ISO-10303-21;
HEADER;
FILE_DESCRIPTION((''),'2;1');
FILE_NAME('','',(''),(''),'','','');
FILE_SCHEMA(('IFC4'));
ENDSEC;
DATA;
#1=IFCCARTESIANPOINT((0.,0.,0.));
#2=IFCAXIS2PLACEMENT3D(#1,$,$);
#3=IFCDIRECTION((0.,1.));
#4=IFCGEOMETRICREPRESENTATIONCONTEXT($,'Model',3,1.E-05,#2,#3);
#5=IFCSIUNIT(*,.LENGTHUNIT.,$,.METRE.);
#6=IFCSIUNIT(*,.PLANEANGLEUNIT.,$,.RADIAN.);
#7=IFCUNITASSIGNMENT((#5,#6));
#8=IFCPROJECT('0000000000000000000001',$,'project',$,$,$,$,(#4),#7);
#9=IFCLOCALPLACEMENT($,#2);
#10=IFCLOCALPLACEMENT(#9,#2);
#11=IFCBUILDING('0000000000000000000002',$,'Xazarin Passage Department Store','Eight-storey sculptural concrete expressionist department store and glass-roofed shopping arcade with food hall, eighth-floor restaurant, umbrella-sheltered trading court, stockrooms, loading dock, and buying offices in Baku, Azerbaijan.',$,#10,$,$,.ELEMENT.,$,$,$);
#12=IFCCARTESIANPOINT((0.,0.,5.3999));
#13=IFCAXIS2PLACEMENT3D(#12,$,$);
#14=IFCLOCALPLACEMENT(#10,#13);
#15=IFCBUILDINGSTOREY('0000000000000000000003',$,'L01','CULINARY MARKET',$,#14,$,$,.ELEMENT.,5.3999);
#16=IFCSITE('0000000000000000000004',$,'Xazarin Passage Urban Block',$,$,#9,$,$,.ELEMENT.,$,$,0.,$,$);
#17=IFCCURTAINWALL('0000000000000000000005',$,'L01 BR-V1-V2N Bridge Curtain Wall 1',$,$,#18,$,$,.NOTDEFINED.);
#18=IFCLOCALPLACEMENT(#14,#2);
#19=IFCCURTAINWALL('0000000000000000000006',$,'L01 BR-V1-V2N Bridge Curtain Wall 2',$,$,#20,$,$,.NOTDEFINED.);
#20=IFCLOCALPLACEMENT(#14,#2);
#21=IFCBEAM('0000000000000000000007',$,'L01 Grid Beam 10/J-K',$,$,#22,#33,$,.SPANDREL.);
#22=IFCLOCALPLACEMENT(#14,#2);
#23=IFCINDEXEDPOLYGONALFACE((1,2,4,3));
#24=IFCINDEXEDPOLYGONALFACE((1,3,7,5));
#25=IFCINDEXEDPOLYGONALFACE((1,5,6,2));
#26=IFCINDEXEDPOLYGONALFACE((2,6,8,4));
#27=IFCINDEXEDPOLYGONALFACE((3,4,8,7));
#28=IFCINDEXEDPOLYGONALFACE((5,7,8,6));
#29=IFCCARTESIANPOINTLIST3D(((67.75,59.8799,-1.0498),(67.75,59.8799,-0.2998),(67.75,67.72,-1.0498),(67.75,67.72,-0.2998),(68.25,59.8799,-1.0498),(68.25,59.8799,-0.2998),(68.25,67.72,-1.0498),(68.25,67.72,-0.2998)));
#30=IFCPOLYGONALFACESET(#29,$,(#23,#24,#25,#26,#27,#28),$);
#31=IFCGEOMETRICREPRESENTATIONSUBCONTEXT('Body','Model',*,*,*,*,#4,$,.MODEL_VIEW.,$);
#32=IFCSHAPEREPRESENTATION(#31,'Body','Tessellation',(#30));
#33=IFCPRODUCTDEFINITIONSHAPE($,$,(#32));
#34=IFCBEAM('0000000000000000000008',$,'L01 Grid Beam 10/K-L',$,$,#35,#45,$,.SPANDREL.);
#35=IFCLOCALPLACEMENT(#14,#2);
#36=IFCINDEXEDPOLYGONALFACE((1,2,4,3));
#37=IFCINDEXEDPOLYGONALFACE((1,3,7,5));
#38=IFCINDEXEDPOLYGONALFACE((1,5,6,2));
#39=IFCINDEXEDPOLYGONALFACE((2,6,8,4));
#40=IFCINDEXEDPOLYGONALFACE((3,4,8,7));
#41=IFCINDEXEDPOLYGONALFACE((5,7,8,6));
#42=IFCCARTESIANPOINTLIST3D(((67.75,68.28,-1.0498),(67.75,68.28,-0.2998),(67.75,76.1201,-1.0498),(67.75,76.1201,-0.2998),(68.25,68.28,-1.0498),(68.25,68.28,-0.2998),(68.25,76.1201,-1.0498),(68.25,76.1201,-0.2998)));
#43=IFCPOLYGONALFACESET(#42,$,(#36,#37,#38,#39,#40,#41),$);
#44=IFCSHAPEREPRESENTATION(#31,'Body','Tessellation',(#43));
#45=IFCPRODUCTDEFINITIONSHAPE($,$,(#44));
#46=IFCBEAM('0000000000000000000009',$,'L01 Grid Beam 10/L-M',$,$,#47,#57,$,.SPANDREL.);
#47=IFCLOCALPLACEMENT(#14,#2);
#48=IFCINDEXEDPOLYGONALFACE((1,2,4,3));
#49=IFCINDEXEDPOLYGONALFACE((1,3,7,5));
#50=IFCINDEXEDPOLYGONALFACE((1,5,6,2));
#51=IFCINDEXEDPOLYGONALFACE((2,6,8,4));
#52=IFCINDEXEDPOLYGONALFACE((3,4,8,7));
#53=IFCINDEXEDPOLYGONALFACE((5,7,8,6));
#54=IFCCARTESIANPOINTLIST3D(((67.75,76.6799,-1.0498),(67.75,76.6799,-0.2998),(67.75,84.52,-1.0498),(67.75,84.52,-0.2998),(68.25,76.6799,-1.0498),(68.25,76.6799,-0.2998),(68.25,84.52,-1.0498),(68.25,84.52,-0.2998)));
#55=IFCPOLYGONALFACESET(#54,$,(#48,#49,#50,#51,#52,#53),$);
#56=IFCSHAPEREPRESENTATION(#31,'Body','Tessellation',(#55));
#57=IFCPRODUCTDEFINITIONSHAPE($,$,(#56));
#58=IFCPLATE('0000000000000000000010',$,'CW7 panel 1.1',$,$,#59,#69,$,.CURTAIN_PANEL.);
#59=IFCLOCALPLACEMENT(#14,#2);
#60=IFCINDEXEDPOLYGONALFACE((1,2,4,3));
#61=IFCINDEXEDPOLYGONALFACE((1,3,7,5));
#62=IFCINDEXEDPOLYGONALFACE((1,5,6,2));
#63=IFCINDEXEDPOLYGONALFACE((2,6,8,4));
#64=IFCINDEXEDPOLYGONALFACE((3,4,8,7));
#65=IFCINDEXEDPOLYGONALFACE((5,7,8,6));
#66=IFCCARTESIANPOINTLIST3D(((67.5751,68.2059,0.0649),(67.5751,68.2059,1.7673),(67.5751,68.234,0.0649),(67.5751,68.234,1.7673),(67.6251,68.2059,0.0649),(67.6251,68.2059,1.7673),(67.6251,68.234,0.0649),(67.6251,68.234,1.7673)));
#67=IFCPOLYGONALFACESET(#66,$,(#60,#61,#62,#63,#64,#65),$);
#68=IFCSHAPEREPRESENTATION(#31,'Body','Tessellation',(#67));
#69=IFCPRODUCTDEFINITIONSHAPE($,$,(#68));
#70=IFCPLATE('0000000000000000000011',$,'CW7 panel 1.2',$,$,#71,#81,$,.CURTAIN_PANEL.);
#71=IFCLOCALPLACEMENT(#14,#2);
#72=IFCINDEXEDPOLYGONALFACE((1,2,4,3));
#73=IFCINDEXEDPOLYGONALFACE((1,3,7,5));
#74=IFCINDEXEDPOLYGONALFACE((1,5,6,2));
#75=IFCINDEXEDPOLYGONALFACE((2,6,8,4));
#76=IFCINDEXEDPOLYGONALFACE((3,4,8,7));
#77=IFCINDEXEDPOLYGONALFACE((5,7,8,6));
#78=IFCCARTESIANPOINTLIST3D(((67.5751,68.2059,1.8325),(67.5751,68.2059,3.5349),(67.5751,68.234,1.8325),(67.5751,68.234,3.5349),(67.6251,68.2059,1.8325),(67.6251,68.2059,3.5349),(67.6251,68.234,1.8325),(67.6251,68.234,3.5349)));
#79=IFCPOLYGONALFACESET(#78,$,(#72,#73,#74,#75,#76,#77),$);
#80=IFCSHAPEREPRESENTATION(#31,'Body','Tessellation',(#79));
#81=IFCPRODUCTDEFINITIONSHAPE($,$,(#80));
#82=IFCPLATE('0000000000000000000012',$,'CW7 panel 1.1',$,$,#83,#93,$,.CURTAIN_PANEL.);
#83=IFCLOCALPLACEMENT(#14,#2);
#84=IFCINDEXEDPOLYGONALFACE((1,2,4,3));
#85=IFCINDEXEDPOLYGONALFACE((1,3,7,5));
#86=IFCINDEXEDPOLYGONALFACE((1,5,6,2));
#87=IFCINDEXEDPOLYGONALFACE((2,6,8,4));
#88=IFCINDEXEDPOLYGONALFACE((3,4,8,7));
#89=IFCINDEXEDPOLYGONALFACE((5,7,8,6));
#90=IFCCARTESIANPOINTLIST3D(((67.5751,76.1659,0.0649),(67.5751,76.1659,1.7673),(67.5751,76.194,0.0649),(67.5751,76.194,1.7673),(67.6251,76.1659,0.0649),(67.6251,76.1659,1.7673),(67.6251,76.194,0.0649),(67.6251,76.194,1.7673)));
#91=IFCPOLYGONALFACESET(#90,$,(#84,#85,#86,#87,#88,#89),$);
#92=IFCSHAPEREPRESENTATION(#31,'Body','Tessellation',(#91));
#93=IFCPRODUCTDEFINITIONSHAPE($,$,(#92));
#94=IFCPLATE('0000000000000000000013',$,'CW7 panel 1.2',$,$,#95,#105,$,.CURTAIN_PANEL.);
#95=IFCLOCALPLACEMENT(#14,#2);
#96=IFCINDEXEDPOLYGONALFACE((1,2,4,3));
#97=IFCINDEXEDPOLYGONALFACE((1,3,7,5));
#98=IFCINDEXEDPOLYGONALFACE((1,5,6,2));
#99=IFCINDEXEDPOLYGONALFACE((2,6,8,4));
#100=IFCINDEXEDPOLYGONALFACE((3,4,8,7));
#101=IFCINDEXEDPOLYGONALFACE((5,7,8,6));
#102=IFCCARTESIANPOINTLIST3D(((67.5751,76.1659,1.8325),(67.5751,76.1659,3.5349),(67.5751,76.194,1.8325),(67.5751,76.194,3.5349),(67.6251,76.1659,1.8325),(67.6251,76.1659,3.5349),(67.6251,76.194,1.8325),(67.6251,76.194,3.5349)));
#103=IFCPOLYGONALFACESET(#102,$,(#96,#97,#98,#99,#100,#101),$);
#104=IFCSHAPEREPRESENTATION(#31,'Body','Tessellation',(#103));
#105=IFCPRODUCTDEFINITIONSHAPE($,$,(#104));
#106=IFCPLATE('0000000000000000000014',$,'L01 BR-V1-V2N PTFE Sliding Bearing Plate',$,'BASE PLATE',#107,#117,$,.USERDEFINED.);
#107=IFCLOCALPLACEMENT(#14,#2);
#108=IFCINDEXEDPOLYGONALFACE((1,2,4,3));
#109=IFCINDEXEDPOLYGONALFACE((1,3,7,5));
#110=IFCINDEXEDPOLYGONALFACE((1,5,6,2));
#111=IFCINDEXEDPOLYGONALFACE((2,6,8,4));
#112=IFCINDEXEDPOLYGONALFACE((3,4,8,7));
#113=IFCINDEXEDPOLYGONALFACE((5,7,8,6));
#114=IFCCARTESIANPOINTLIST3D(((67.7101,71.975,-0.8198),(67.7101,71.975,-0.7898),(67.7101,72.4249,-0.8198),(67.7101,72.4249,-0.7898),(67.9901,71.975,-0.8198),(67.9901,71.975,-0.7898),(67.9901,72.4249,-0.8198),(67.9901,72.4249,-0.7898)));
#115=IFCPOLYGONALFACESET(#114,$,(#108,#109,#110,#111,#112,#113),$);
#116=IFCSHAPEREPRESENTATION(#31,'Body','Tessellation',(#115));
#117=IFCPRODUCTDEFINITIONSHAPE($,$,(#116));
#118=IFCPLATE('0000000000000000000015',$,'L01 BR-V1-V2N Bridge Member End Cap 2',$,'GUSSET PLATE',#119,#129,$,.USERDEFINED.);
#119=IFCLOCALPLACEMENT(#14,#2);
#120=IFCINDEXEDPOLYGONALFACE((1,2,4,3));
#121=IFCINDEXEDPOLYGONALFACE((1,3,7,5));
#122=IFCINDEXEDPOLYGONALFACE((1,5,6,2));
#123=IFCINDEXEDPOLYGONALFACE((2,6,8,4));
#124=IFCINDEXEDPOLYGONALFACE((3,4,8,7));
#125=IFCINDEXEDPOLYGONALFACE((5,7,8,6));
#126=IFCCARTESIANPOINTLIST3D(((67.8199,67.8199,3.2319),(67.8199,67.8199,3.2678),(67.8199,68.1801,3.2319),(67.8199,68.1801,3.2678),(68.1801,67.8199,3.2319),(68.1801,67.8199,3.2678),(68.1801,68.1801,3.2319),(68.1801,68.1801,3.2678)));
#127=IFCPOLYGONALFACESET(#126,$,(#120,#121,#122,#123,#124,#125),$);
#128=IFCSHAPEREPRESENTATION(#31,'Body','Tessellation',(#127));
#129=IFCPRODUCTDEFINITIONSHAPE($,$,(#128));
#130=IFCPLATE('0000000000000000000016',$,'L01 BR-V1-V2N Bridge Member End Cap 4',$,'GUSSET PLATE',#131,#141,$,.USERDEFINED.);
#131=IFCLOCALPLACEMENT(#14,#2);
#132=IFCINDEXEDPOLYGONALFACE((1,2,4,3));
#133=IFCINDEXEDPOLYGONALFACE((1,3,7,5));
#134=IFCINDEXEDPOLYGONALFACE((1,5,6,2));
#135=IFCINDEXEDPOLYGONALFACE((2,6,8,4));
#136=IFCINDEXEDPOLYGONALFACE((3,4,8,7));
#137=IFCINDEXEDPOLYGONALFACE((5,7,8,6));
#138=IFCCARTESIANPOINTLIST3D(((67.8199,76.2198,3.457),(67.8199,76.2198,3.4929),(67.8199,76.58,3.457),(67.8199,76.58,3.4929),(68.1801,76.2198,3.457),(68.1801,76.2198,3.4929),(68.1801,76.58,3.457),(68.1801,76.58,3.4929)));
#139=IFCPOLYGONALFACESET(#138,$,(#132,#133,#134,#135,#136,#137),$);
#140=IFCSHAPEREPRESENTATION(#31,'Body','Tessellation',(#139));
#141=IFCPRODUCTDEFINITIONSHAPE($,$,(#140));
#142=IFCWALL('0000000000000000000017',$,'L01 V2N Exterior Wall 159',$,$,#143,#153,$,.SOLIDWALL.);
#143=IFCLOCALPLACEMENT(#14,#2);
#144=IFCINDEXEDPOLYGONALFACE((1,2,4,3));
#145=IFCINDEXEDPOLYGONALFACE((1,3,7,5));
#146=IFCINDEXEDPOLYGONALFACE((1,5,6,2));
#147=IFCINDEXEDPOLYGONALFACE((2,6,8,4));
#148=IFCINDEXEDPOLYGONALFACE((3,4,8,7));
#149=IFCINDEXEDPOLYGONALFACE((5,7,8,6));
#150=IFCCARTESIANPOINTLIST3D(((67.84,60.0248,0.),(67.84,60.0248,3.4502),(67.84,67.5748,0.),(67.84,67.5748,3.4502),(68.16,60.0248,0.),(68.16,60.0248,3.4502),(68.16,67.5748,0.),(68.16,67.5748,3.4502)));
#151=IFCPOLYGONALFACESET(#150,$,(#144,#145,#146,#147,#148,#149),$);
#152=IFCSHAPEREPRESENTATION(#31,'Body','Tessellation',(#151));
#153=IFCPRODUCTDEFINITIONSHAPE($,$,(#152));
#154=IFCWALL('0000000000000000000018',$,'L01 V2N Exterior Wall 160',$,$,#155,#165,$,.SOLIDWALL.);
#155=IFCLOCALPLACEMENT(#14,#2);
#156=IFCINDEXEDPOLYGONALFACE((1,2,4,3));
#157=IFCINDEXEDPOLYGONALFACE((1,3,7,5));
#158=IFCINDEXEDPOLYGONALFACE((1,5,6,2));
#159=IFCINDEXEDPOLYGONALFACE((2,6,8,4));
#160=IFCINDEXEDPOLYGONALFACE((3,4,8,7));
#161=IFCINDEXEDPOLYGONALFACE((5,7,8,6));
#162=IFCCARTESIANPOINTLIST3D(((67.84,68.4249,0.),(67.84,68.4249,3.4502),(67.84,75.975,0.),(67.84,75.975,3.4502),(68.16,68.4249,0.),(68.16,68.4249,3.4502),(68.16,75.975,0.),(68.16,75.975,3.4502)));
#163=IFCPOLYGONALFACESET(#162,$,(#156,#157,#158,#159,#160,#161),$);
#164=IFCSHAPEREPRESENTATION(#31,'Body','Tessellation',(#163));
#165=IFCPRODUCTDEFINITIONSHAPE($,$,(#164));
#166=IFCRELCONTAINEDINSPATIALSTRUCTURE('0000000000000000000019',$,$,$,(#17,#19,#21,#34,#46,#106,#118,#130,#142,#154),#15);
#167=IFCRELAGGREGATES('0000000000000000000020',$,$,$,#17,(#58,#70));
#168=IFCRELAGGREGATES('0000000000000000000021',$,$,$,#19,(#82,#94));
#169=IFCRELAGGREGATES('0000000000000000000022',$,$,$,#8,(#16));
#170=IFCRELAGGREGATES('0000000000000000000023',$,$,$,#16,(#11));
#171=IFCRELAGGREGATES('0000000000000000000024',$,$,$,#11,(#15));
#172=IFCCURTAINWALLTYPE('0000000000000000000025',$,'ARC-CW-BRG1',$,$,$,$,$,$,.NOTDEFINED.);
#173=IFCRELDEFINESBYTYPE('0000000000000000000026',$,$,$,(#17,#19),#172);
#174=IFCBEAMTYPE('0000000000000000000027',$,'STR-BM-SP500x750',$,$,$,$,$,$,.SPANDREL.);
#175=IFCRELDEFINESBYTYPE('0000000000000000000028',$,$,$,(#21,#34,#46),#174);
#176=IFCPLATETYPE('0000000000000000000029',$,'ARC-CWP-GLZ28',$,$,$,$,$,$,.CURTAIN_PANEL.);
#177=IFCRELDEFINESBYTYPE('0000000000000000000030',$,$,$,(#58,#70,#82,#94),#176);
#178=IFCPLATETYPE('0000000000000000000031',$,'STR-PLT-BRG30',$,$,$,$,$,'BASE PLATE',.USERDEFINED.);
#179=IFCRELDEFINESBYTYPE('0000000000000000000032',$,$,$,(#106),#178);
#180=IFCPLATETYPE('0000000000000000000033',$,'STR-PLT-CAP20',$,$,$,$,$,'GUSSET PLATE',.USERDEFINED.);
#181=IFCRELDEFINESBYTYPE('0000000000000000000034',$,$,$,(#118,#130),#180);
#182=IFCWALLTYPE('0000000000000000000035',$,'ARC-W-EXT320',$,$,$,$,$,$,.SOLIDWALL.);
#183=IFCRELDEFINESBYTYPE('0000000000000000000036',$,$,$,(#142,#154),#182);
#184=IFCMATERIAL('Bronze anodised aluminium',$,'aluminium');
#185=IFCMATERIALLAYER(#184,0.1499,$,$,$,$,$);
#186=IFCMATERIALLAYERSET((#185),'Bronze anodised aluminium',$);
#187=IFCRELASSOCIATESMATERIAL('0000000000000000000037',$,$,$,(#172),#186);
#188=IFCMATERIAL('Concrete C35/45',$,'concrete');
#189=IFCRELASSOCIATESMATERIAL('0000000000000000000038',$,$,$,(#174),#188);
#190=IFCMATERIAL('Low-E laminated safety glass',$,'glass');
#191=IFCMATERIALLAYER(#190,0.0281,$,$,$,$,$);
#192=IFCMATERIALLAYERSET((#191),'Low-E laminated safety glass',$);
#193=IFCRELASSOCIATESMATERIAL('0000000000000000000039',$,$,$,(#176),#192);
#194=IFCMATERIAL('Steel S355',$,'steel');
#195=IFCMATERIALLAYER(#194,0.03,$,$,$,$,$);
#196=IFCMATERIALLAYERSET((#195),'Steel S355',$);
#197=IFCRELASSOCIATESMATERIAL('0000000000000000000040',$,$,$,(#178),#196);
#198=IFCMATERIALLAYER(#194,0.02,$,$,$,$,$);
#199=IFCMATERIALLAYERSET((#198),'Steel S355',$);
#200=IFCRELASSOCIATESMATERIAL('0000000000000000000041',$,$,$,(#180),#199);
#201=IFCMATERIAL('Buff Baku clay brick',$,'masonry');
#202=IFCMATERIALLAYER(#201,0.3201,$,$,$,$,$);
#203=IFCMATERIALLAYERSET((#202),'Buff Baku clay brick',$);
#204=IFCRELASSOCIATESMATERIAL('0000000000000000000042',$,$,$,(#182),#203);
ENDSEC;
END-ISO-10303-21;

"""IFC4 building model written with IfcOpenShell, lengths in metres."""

from ifc_helpers import new_model, si_unit, direction, frame, frame_2d, origin, origin_2d, place, context, subcontext, project, spatial, rectangle, extrude, material, layer, layer_set, material_profile, profile_set, type_object, element, aggregate, save


model = new_model("IFC4")

# Units and contexts
model_context = context("Model", 3, precision=1e-05, world=origin(), true_north=direction((0.0, 1.0)))
body_context = subcontext(model_context, "Body", "Model", "MODEL_VIEW")
ifc_project = project(units=[si_unit("LENGTHUNIT", "METRE"), si_unit("PLANEANGLEUNIT", "RADIAN")], contexts=[model_context])

# Site, building, storey
site_placement = place(None, origin())
site = spatial("IfcSite", under=ifc_project, at=site_placement, Name="Xazarin Passage Urban Block", CompositionType="ELEMENT", RefElevation=0.0)
building_placement = place(site_placement, origin())
building = spatial("IfcBuilding", under=site, at=building_placement, Name="Xazarin Passage Department Store", Description="Eight-storey sculptural concrete expressionist department store and glass-roofed shopping arcade with food hall, eighth-floor restaurant, umbrella-sheltered trading court, stockrooms, loading dock, and buying offices in Baku, Azerbaijan.", CompositionType="ELEMENT")
storey_placement = place(building_placement, frame((0.0, 0.0, 5.3999)))
storey = spatial("IfcBuildingStorey", under=building, at=storey_placement, Name="L01", Description="CULINARY MARKET", CompositionType="ELEMENT", Elevation=5.3999)

# Curtain walls
ifc_material_1 = material(Name="Bronze anodised aluminium", Category="aluminium")
ifc_layer_1 = layer(ifc_material_1, 0.1499)
ifc_layer_set_1 = layer_set([ifc_layer_1], Name="Bronze anodised aluminium")
curtain_wall_type = type_object("IfcCurtainWallType", Name="ARC-CW-BRG1", PredefinedType="NOTDEFINED", material=ifc_layer_set_1)
curtain_wall_1_placement = place(storey_placement, origin())
curtain_wall_1 = element("IfcCurtainWall", 1, at=curtain_wall_1_placement, inside=storey, type_object=curtain_wall_type, Name="L01 BR-V1-V2N Bridge Curtain Wall 1", PredefinedType="NOTDEFINED")
curtain_wall_2_placement = place(storey_placement, origin())
curtain_wall_2 = element("IfcCurtainWall", 2, at=curtain_wall_2_placement, inside=storey, type_object=curtain_wall_type, Name="L01 BR-V1-V2N Bridge Curtain Wall 2", PredefinedType="NOTDEFINED")

# Beams
ifc_material_2 = material(Name="Steel S355", Category="steel")
ifc_material_3 = material(Name="Concrete C35/45", Category="concrete")
ifc_material_profile_1 = material_profile(ifc_material_3, rectangle(XDim=0.5, YDim=0.75, at=origin_2d()), Name="RC 500x750")
ifc_profile_set_1 = profile_set([ifc_material_profile_1], Name="Concrete C35/45")
beam_type_1 = type_object("IfcBeamType", Name="STR-BM-SP500x750", PredefinedType="SPANDREL", material=ifc_profile_set_1)
for number, where, z_axis, x_axis, name in (
    (3, (68.0, 59.8799, -0.6748), (0.0, 1.0, 0.0), (-1.0, 0.0, 0.0), "L01 Grid Beam 10/J-K"),
    (4, (68.0, 68.28, -0.6748), (0.0, 1.0, 0.0), (-1.0, 0.0, 0.0), "L01 Grid Beam 10/K-L"),
    (5, (68.0, 76.6799, -0.6748), (0.0, 1.0, 0.0), (-1.0, 0.0, 0.0), "L01 Grid Beam 10/L-M"),
):
    element("IfcBeam", number, at=place(storey_placement, frame(where, z_axis=z_axis, x_axis=x_axis)), inside=storey, type_object=beam_type_1, Name=name, PredefinedType="SPANDREL", context=body_context, shape_type="SweptSolid", body=[
        extrude(rectangle(XDim=0.5, YDim=0.75, at=origin_2d()), origin(), (0.0, 0.0, 1.0), 7.8401),
    ])

# Plates
ifc_material_4 = material(Name="Low-E laminated safety glass", Category="glass")
ifc_layer_2 = layer(ifc_material_4, 0.0281)
ifc_layer_set_2 = layer_set([ifc_layer_2], Name="Low-E laminated safety glass")
plate_type_1 = type_object("IfcPlateType", Name="ARC-CWP-GLZ28", PredefinedType="CURTAIN_PANEL", material=ifc_layer_set_2)
plate_1_placement = place(storey_placement, frame((67.6001, 68.22, 0.0649), z_axis=(0.0, 0.0, 1.0), x_axis=(1.0, 0.0, 0.0)))
plate_1 = element("IfcPlate", 6, at=plate_1_placement, type_object=plate_type_1, Name="CW7 panel 1.1", PredefinedType="CURTAIN_PANEL", context=body_context, shape_type="SweptSolid", body=[
    extrude(rectangle(XDim=0.05, YDim=0.0281, at=origin_2d()), origin(), (0.0, 0.0, 1.0), 1.7024),
])
plate_2_placement = place(storey_placement, frame((67.6001, 68.22, 1.8325), z_axis=(0.0, 0.0, 1.0), x_axis=(1.0, 0.0, 0.0)))
plate_2 = element("IfcPlate", 7, at=plate_2_placement, type_object=plate_type_1, Name="CW7 panel 1.2", PredefinedType="CURTAIN_PANEL", context=body_context, shape_type="SweptSolid", body=[
    extrude(rectangle(XDim=0.05, YDim=0.0281, at=origin_2d()), origin(), (0.0, 0.0, 1.0), 1.7024),
])
aggregate(curtain_wall_1, [plate_1, plate_2])
plate_3_placement = place(storey_placement, frame((67.6001, 76.1799, 0.0649), z_axis=(0.0, 0.0, 1.0), x_axis=(1.0, 0.0, 0.0)))
plate_3 = element("IfcPlate", 8, at=plate_3_placement, type_object=plate_type_1, Name="CW7 panel 1.1", PredefinedType="CURTAIN_PANEL", context=body_context, shape_type="SweptSolid", body=[
    extrude(rectangle(XDim=0.05, YDim=0.0281, at=origin_2d()), origin(), (0.0, 0.0, 1.0), 1.7024),
])
plate_4_placement = place(storey_placement, frame((67.6001, 76.1799, 1.8325), z_axis=(0.0, 0.0, 1.0), x_axis=(1.0, 0.0, 0.0)))
plate_4 = element("IfcPlate", 9, at=plate_4_placement, type_object=plate_type_1, Name="CW7 panel 1.2", PredefinedType="CURTAIN_PANEL", context=body_context, shape_type="SweptSolid", body=[
    extrude(rectangle(XDim=0.05, YDim=0.0281, at=origin_2d()), origin(), (0.0, 0.0, 1.0), 1.7024),
])
aggregate(curtain_wall_2, [plate_3, plate_4])

# Plates
ifc_layer_3 = layer(ifc_material_2, 0.03)
ifc_layer_set_3 = layer_set([ifc_layer_3], Name="Steel S355")
plate_type_2 = type_object("IfcPlateType", Name="STR-PLT-BRG30", ElementType="BASE PLATE", PredefinedType="USERDEFINED", material=ifc_layer_set_3)
plate_5_placement = place(storey_placement, frame((67.8501, 72.2, -0.8198), z_axis=(0.0, 0.0, 1.0), x_axis=(1.0, 0.0, 0.0)))
element("IfcPlate", 10, at=plate_5_placement, inside=storey, type_object=plate_type_2, Name="L01 BR-V1-V2N PTFE Sliding Bearing Plate", ObjectType="BASE PLATE", PredefinedType="USERDEFINED", context=body_context, shape_type="SweptSolid", body=[
    extrude(rectangle(XDim=0.28, YDim=0.45, at=origin_2d()), origin(), (0.0, 0.0, 1.0), 0.03),
])
ifc_layer_4 = layer(ifc_material_2, 0.02)
ifc_layer_set_4 = layer_set([ifc_layer_4], Name="Steel S355")
plate_type_3 = type_object("IfcPlateType", Name="STR-PLT-CAP20", ElementType="GUSSET PLATE", PredefinedType="USERDEFINED", material=ifc_layer_set_4)
for number, where, z_axis, x_axis, name in (
    (11, (68.0, 68.0, 3.2319), (0.0, 0.0, 1.0), (1.0, 0.0, 0.0), "L01 BR-V1-V2N Bridge Member End Cap 2"),
    (12, (68.0, 76.3999, 3.457), (0.0, 0.0, 1.0), (1.0, 0.0, 0.0), "L01 BR-V1-V2N Bridge Member End Cap 4"),
):
    element("IfcPlate", number, at=place(storey_placement, frame(where, z_axis=z_axis, x_axis=x_axis)), inside=storey, type_object=plate_type_3, Name=name, ObjectType="GUSSET PLATE", PredefinedType="USERDEFINED", context=body_context, shape_type="SweptSolid", body=[
        extrude(rectangle(XDim=0.3601, YDim=0.3601, at=origin_2d()), origin(), (0.0, 0.0, 1.0), 0.0359),
    ])

# Walls
ifc_material_5 = material(Name="Buff Baku clay brick", Category="masonry")
ifc_layer_5 = layer(ifc_material_5, 0.3201)
ifc_layer_set_5 = layer_set([ifc_layer_5], Name="Buff Baku clay brick")
wall_type = type_object("IfcWallType", Name="ARC-W-EXT320", PredefinedType="SOLIDWALL", material=ifc_layer_set_5)
for number, where, z_axis, x_axis, name in (
    (13, (68.0, 60.0249, 0.0), (0.0, 0.0, 1.0), (0.0, 1.0, 0.0), "L01 V2N Exterior Wall 159"),
    (14, (68.0, 68.425, 0.0), (0.0, 0.0, 1.0), (0.0, 1.0, 0.0), "L01 V2N Exterior Wall 160"),
):
    element("IfcWall", number, at=place(storey_placement, frame(where, z_axis=z_axis, x_axis=x_axis)), inside=storey, type_object=wall_type, Name=name, PredefinedType="SOLIDWALL", context=body_context, shape_type="SweptSolid", body=[
        extrude(rectangle(XDim=7.55, YDim=0.3201, at=frame_2d((3.7749, 0.0))), origin(), (0.0, 0.0, 1.0), 3.4502),
    ])

save(model, "model.ifc")
